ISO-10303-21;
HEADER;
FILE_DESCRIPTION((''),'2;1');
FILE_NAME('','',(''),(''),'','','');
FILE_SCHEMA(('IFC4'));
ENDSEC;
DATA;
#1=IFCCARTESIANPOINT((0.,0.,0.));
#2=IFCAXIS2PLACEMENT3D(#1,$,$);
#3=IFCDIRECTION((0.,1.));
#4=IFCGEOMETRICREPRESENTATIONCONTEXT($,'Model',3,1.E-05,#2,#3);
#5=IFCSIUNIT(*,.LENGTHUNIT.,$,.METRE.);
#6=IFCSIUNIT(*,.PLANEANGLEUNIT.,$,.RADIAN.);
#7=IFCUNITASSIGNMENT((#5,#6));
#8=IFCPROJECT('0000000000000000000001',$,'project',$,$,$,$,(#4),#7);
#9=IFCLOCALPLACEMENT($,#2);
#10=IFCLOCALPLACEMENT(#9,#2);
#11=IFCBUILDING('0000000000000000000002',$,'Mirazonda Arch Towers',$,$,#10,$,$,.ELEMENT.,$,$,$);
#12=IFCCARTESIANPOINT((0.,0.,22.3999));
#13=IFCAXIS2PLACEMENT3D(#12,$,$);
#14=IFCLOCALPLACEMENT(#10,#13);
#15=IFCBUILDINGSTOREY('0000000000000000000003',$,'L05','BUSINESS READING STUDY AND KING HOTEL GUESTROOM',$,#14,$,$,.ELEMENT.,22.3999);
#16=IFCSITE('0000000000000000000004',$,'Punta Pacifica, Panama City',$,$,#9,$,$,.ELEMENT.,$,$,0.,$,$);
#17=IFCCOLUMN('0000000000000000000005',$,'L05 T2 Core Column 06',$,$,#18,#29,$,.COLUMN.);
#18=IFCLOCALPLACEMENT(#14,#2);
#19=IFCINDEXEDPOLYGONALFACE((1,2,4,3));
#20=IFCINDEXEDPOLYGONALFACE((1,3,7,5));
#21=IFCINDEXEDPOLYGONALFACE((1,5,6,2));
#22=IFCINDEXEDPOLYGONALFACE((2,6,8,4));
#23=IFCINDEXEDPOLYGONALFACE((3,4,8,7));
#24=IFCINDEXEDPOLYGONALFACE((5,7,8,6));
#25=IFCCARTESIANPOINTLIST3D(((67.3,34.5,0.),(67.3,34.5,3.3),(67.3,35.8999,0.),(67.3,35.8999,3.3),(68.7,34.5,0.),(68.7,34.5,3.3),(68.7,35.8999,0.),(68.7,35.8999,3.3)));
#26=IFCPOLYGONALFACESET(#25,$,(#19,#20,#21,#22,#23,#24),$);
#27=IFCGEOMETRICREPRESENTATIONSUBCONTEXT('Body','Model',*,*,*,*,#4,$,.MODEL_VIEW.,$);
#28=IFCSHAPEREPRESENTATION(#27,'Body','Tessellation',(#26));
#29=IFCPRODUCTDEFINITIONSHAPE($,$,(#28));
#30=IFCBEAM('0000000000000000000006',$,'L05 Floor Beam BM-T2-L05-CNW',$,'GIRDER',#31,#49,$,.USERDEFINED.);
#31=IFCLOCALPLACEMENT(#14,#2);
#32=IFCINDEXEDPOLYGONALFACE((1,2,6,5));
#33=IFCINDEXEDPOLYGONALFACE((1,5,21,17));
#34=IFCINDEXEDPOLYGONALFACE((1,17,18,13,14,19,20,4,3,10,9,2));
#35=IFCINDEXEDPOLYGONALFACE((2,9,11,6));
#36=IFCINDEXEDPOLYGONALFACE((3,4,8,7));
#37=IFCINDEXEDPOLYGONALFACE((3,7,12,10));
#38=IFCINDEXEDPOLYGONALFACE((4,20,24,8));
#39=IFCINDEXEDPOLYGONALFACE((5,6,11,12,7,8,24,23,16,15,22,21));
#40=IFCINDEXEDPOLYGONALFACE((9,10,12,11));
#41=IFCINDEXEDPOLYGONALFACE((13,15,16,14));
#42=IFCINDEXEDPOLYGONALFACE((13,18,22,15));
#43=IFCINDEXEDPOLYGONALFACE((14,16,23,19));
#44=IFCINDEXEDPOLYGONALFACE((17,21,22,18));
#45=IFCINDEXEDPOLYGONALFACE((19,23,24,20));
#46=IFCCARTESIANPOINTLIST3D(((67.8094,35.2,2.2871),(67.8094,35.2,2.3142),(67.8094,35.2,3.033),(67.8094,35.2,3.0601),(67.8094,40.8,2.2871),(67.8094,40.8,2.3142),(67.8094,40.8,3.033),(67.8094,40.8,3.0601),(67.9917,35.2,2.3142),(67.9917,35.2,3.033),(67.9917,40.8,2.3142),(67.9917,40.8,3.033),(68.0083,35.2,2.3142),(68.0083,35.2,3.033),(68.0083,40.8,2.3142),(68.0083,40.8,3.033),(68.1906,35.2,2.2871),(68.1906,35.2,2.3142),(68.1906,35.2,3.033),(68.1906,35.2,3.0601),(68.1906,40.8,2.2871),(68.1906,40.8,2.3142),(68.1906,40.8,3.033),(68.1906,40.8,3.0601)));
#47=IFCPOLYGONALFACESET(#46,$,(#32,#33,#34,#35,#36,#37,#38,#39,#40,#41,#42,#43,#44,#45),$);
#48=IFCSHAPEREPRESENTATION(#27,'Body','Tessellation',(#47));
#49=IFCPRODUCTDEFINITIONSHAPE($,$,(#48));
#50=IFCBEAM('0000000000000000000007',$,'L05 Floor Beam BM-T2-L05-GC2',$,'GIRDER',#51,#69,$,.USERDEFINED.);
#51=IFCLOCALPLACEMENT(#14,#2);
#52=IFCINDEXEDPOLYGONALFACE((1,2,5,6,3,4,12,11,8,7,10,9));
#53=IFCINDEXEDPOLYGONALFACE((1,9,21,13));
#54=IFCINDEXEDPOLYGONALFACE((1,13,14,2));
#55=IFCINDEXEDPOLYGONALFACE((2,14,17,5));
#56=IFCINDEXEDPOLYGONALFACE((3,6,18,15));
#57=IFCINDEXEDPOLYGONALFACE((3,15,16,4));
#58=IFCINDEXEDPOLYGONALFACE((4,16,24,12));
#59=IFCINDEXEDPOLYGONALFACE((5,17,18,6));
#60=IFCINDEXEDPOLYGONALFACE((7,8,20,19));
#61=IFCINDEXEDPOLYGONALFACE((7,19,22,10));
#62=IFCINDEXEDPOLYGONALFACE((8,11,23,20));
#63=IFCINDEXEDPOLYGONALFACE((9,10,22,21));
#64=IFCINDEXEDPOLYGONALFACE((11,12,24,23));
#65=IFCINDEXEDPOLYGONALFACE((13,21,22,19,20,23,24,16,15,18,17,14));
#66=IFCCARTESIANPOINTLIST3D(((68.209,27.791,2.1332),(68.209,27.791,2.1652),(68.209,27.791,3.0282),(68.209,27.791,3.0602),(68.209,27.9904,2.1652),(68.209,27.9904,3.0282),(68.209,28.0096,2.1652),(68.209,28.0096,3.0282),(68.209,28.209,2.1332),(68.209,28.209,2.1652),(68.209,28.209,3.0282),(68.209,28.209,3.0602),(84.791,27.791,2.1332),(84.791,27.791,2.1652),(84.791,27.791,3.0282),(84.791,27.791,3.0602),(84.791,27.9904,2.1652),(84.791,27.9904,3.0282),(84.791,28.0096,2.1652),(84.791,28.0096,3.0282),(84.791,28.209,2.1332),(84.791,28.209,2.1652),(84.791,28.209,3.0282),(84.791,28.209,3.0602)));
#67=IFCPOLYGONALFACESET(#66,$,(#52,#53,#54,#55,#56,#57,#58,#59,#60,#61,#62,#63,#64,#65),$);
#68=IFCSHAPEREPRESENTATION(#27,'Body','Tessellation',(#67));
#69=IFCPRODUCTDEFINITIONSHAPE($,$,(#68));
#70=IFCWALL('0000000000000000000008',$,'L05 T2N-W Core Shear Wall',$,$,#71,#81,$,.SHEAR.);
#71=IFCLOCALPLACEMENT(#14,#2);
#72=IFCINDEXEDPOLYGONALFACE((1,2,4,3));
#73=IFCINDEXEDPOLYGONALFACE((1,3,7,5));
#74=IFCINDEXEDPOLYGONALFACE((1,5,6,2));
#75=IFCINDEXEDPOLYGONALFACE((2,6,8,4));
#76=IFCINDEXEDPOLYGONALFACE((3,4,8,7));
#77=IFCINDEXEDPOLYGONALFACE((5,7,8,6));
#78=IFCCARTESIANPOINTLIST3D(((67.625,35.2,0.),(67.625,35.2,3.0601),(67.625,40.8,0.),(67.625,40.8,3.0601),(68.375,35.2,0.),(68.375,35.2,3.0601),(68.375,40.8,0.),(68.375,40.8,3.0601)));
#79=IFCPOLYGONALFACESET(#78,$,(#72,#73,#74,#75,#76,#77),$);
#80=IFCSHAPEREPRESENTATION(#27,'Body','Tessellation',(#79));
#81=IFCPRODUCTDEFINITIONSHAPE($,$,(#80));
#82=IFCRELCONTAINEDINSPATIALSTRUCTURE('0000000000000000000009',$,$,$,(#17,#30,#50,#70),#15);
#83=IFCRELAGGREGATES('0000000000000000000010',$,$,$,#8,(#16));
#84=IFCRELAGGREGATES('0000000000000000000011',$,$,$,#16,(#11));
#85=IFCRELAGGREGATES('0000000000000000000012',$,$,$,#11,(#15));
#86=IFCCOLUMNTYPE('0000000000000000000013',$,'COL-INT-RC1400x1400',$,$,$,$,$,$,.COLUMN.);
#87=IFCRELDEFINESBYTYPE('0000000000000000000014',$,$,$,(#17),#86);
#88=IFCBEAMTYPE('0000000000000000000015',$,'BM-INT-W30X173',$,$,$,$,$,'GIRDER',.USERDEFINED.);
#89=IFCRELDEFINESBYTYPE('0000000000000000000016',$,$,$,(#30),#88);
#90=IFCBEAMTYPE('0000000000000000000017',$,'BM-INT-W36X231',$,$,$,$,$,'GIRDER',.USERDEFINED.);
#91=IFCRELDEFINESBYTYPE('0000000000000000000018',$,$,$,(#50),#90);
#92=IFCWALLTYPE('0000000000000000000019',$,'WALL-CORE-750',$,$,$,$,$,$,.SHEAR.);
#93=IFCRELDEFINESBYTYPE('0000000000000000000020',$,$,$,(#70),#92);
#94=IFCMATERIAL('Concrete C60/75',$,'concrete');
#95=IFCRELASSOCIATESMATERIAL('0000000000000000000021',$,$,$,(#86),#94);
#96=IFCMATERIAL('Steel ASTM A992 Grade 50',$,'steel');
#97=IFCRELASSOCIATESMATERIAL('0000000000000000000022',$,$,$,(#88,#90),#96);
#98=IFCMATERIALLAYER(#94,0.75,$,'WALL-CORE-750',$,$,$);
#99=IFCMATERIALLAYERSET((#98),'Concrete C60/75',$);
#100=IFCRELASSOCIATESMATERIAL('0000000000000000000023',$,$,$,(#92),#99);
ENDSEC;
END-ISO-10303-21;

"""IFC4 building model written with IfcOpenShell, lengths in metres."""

from ifc_helpers import new_model, si_unit, direction, frame, frame_2d, origin, origin_2d, place, context, subcontext, project, spatial, rectangle, i_section, extrude, material, layer, layer_set, material_profile, profile_set, type_object, element, save


model = new_model("IFC4")

# Units and contexts
model_context = context("Model", 3, precision=1e-05, world=origin(), true_north=direction((0.0, 1.0)))
body_context = subcontext(model_context, "Body", "Model", "MODEL_VIEW")
ifc_project = project(units=[si_unit("LENGTHUNIT", "METRE"), si_unit("PLANEANGLEUNIT", "RADIAN")], contexts=[model_context])

# Site, building, storey
site_placement = place(None, origin())
site = spatial("IfcSite", under=ifc_project, at=site_placement, Name="Punta Pacifica, Panama City", CompositionType="ELEMENT", RefElevation=0.0)
building_placement = place(site_placement, origin())
building = spatial("IfcBuilding", under=site, at=building_placement, Name="Mirazonda Arch Towers", CompositionType="ELEMENT")
storey_placement = place(building_placement, frame((0.0, 0.0, 22.3999)))
storey = spatial("IfcBuildingStorey", under=building, at=storey_placement, Name="L05", Description="BUSINESS READING STUDY AND KING HOTEL GUESTROOM", CompositionType="ELEMENT", Elevation=22.3999)

# Column
ifc_material_1 = material(Name="Concrete C60/75", Category="concrete")
ifc_material_profile_1 = material_profile(ifc_material_1, rectangle(XDim=1.3999, YDim=1.3999, at=origin_2d()), Name="RC1400x1400")
ifc_profile_set_1 = profile_set([ifc_material_profile_1], Name="Concrete C60/75")
column_type = type_object("IfcColumnType", Name="COL-INT-RC1400x1400", PredefinedType="COLUMN", material=ifc_profile_set_1)
column_placement = place(storey_placement, frame((68.0, 35.2, 0.0), z_axis=(0.0, 0.0, 1.0), x_axis=(1.0, 0.0, 0.0)))
element("IfcColumn", 1, at=column_placement, inside=storey, type_object=column_type, Name="L05 T2 Core Column 06", PredefinedType="COLUMN", context=body_context, shape_type="SweptSolid", body=[
    extrude(rectangle(XDim=1.3999, YDim=1.3999, at=origin_2d()), origin(), (0.0, 0.0, 1.0), 3.3),
])

# Beams
ifc_material_2 = material(Name="Steel ASTM A992 Grade 50", Category="steel")
ifc_material_profile_2 = material_profile(ifc_material_2, i_section(OverallWidth=0.3811, OverallDepth=0.7729, WebThickness=0.0166, FlangeThickness=0.0271, at=origin_2d()), Name="W30X173")
ifc_profile_set_2 = profile_set([ifc_material_profile_2], Name="Steel ASTM A992 Grade 50")
beam_type_1 = type_object("IfcBeamType", Name="BM-INT-W30X173", ElementType="GIRDER", PredefinedType="USERDEFINED", material=ifc_profile_set_2)
beam_1_placement = place(storey_placement, frame((68.0, 35.2, 2.6736), z_axis=(0.0, 1.0, 0.0), x_axis=(-1.0, 0.0, 0.0)))
element("IfcBeam", 2, at=beam_1_placement, inside=storey, type_object=beam_type_1, Name="L05 Floor Beam BM-T2-L05-CNW", ObjectType="GIRDER", PredefinedType="USERDEFINED", context=body_context, shape_type="SweptSolid", body=[
    extrude(i_section(OverallWidth=0.3811, OverallDepth=0.7729, WebThickness=0.0166, FlangeThickness=0.0271, at=origin_2d()), origin(), (0.0, 0.0, 1.0), 5.6001),
])
ifc_material_profile_3 = material_profile(ifc_material_2, i_section(OverallWidth=0.418, OverallDepth=0.927, WebThickness=0.0193, FlangeThickness=0.032, at=origin_2d()), Name="W36X231")
ifc_profile_set_3 = profile_set([ifc_material_profile_3], Name="Steel ASTM A992 Grade 50")
beam_type_2 = type_object("IfcBeamType", Name="BM-INT-W36X231", ElementType="GIRDER", PredefinedType="USERDEFINED", material=ifc_profile_set_3)
beam_2_placement = place(storey_placement, frame((68.209, 28.0, 2.5967), z_axis=(1.0, 0.0, 0.0), x_axis=(0.0, 1.0, 0.0)))
element("IfcBeam", 3, at=beam_2_placement, inside=storey, type_object=beam_type_2, Name="L05 Floor Beam BM-T2-L05-GC2", ObjectType="GIRDER", PredefinedType="USERDEFINED", context=body_context, shape_type="SweptSolid", body=[
    extrude(i_section(OverallWidth=0.418, OverallDepth=0.927, WebThickness=0.0193, FlangeThickness=0.032, at=origin_2d()), origin(), (0.0, 0.0, 1.0), 16.582),
])

# Wall
ifc_layer_1 = layer(ifc_material_1, 0.75, Name="WALL-CORE-750")
ifc_layer_set_1 = layer_set([ifc_layer_1], Name="Concrete C60/75")
wall_type_1 = type_object("IfcWallType", Name="WALL-CORE-750", PredefinedType="SHEAR", material=ifc_layer_set_1)
wall_1_placement = place(storey_placement, frame((68.0, 35.2, 0.0), z_axis=(0.0, 0.0, 1.0), x_axis=(0.0, 1.0, 0.0)))
element("IfcWall", 4, at=wall_1_placement, inside=storey, type_object=wall_type_1, Name="L05 T2N-W Core Shear Wall", PredefinedType="SHEAR", context=body_context, shape_type="SweptSolid", body=[
    extrude(rectangle(XDim=5.6001, YDim=0.75, at=frame_2d((2.8, 0.0))), origin(), (0.0, 0.0, 1.0), 3.0601),
])

save(model, "model.ifc")
